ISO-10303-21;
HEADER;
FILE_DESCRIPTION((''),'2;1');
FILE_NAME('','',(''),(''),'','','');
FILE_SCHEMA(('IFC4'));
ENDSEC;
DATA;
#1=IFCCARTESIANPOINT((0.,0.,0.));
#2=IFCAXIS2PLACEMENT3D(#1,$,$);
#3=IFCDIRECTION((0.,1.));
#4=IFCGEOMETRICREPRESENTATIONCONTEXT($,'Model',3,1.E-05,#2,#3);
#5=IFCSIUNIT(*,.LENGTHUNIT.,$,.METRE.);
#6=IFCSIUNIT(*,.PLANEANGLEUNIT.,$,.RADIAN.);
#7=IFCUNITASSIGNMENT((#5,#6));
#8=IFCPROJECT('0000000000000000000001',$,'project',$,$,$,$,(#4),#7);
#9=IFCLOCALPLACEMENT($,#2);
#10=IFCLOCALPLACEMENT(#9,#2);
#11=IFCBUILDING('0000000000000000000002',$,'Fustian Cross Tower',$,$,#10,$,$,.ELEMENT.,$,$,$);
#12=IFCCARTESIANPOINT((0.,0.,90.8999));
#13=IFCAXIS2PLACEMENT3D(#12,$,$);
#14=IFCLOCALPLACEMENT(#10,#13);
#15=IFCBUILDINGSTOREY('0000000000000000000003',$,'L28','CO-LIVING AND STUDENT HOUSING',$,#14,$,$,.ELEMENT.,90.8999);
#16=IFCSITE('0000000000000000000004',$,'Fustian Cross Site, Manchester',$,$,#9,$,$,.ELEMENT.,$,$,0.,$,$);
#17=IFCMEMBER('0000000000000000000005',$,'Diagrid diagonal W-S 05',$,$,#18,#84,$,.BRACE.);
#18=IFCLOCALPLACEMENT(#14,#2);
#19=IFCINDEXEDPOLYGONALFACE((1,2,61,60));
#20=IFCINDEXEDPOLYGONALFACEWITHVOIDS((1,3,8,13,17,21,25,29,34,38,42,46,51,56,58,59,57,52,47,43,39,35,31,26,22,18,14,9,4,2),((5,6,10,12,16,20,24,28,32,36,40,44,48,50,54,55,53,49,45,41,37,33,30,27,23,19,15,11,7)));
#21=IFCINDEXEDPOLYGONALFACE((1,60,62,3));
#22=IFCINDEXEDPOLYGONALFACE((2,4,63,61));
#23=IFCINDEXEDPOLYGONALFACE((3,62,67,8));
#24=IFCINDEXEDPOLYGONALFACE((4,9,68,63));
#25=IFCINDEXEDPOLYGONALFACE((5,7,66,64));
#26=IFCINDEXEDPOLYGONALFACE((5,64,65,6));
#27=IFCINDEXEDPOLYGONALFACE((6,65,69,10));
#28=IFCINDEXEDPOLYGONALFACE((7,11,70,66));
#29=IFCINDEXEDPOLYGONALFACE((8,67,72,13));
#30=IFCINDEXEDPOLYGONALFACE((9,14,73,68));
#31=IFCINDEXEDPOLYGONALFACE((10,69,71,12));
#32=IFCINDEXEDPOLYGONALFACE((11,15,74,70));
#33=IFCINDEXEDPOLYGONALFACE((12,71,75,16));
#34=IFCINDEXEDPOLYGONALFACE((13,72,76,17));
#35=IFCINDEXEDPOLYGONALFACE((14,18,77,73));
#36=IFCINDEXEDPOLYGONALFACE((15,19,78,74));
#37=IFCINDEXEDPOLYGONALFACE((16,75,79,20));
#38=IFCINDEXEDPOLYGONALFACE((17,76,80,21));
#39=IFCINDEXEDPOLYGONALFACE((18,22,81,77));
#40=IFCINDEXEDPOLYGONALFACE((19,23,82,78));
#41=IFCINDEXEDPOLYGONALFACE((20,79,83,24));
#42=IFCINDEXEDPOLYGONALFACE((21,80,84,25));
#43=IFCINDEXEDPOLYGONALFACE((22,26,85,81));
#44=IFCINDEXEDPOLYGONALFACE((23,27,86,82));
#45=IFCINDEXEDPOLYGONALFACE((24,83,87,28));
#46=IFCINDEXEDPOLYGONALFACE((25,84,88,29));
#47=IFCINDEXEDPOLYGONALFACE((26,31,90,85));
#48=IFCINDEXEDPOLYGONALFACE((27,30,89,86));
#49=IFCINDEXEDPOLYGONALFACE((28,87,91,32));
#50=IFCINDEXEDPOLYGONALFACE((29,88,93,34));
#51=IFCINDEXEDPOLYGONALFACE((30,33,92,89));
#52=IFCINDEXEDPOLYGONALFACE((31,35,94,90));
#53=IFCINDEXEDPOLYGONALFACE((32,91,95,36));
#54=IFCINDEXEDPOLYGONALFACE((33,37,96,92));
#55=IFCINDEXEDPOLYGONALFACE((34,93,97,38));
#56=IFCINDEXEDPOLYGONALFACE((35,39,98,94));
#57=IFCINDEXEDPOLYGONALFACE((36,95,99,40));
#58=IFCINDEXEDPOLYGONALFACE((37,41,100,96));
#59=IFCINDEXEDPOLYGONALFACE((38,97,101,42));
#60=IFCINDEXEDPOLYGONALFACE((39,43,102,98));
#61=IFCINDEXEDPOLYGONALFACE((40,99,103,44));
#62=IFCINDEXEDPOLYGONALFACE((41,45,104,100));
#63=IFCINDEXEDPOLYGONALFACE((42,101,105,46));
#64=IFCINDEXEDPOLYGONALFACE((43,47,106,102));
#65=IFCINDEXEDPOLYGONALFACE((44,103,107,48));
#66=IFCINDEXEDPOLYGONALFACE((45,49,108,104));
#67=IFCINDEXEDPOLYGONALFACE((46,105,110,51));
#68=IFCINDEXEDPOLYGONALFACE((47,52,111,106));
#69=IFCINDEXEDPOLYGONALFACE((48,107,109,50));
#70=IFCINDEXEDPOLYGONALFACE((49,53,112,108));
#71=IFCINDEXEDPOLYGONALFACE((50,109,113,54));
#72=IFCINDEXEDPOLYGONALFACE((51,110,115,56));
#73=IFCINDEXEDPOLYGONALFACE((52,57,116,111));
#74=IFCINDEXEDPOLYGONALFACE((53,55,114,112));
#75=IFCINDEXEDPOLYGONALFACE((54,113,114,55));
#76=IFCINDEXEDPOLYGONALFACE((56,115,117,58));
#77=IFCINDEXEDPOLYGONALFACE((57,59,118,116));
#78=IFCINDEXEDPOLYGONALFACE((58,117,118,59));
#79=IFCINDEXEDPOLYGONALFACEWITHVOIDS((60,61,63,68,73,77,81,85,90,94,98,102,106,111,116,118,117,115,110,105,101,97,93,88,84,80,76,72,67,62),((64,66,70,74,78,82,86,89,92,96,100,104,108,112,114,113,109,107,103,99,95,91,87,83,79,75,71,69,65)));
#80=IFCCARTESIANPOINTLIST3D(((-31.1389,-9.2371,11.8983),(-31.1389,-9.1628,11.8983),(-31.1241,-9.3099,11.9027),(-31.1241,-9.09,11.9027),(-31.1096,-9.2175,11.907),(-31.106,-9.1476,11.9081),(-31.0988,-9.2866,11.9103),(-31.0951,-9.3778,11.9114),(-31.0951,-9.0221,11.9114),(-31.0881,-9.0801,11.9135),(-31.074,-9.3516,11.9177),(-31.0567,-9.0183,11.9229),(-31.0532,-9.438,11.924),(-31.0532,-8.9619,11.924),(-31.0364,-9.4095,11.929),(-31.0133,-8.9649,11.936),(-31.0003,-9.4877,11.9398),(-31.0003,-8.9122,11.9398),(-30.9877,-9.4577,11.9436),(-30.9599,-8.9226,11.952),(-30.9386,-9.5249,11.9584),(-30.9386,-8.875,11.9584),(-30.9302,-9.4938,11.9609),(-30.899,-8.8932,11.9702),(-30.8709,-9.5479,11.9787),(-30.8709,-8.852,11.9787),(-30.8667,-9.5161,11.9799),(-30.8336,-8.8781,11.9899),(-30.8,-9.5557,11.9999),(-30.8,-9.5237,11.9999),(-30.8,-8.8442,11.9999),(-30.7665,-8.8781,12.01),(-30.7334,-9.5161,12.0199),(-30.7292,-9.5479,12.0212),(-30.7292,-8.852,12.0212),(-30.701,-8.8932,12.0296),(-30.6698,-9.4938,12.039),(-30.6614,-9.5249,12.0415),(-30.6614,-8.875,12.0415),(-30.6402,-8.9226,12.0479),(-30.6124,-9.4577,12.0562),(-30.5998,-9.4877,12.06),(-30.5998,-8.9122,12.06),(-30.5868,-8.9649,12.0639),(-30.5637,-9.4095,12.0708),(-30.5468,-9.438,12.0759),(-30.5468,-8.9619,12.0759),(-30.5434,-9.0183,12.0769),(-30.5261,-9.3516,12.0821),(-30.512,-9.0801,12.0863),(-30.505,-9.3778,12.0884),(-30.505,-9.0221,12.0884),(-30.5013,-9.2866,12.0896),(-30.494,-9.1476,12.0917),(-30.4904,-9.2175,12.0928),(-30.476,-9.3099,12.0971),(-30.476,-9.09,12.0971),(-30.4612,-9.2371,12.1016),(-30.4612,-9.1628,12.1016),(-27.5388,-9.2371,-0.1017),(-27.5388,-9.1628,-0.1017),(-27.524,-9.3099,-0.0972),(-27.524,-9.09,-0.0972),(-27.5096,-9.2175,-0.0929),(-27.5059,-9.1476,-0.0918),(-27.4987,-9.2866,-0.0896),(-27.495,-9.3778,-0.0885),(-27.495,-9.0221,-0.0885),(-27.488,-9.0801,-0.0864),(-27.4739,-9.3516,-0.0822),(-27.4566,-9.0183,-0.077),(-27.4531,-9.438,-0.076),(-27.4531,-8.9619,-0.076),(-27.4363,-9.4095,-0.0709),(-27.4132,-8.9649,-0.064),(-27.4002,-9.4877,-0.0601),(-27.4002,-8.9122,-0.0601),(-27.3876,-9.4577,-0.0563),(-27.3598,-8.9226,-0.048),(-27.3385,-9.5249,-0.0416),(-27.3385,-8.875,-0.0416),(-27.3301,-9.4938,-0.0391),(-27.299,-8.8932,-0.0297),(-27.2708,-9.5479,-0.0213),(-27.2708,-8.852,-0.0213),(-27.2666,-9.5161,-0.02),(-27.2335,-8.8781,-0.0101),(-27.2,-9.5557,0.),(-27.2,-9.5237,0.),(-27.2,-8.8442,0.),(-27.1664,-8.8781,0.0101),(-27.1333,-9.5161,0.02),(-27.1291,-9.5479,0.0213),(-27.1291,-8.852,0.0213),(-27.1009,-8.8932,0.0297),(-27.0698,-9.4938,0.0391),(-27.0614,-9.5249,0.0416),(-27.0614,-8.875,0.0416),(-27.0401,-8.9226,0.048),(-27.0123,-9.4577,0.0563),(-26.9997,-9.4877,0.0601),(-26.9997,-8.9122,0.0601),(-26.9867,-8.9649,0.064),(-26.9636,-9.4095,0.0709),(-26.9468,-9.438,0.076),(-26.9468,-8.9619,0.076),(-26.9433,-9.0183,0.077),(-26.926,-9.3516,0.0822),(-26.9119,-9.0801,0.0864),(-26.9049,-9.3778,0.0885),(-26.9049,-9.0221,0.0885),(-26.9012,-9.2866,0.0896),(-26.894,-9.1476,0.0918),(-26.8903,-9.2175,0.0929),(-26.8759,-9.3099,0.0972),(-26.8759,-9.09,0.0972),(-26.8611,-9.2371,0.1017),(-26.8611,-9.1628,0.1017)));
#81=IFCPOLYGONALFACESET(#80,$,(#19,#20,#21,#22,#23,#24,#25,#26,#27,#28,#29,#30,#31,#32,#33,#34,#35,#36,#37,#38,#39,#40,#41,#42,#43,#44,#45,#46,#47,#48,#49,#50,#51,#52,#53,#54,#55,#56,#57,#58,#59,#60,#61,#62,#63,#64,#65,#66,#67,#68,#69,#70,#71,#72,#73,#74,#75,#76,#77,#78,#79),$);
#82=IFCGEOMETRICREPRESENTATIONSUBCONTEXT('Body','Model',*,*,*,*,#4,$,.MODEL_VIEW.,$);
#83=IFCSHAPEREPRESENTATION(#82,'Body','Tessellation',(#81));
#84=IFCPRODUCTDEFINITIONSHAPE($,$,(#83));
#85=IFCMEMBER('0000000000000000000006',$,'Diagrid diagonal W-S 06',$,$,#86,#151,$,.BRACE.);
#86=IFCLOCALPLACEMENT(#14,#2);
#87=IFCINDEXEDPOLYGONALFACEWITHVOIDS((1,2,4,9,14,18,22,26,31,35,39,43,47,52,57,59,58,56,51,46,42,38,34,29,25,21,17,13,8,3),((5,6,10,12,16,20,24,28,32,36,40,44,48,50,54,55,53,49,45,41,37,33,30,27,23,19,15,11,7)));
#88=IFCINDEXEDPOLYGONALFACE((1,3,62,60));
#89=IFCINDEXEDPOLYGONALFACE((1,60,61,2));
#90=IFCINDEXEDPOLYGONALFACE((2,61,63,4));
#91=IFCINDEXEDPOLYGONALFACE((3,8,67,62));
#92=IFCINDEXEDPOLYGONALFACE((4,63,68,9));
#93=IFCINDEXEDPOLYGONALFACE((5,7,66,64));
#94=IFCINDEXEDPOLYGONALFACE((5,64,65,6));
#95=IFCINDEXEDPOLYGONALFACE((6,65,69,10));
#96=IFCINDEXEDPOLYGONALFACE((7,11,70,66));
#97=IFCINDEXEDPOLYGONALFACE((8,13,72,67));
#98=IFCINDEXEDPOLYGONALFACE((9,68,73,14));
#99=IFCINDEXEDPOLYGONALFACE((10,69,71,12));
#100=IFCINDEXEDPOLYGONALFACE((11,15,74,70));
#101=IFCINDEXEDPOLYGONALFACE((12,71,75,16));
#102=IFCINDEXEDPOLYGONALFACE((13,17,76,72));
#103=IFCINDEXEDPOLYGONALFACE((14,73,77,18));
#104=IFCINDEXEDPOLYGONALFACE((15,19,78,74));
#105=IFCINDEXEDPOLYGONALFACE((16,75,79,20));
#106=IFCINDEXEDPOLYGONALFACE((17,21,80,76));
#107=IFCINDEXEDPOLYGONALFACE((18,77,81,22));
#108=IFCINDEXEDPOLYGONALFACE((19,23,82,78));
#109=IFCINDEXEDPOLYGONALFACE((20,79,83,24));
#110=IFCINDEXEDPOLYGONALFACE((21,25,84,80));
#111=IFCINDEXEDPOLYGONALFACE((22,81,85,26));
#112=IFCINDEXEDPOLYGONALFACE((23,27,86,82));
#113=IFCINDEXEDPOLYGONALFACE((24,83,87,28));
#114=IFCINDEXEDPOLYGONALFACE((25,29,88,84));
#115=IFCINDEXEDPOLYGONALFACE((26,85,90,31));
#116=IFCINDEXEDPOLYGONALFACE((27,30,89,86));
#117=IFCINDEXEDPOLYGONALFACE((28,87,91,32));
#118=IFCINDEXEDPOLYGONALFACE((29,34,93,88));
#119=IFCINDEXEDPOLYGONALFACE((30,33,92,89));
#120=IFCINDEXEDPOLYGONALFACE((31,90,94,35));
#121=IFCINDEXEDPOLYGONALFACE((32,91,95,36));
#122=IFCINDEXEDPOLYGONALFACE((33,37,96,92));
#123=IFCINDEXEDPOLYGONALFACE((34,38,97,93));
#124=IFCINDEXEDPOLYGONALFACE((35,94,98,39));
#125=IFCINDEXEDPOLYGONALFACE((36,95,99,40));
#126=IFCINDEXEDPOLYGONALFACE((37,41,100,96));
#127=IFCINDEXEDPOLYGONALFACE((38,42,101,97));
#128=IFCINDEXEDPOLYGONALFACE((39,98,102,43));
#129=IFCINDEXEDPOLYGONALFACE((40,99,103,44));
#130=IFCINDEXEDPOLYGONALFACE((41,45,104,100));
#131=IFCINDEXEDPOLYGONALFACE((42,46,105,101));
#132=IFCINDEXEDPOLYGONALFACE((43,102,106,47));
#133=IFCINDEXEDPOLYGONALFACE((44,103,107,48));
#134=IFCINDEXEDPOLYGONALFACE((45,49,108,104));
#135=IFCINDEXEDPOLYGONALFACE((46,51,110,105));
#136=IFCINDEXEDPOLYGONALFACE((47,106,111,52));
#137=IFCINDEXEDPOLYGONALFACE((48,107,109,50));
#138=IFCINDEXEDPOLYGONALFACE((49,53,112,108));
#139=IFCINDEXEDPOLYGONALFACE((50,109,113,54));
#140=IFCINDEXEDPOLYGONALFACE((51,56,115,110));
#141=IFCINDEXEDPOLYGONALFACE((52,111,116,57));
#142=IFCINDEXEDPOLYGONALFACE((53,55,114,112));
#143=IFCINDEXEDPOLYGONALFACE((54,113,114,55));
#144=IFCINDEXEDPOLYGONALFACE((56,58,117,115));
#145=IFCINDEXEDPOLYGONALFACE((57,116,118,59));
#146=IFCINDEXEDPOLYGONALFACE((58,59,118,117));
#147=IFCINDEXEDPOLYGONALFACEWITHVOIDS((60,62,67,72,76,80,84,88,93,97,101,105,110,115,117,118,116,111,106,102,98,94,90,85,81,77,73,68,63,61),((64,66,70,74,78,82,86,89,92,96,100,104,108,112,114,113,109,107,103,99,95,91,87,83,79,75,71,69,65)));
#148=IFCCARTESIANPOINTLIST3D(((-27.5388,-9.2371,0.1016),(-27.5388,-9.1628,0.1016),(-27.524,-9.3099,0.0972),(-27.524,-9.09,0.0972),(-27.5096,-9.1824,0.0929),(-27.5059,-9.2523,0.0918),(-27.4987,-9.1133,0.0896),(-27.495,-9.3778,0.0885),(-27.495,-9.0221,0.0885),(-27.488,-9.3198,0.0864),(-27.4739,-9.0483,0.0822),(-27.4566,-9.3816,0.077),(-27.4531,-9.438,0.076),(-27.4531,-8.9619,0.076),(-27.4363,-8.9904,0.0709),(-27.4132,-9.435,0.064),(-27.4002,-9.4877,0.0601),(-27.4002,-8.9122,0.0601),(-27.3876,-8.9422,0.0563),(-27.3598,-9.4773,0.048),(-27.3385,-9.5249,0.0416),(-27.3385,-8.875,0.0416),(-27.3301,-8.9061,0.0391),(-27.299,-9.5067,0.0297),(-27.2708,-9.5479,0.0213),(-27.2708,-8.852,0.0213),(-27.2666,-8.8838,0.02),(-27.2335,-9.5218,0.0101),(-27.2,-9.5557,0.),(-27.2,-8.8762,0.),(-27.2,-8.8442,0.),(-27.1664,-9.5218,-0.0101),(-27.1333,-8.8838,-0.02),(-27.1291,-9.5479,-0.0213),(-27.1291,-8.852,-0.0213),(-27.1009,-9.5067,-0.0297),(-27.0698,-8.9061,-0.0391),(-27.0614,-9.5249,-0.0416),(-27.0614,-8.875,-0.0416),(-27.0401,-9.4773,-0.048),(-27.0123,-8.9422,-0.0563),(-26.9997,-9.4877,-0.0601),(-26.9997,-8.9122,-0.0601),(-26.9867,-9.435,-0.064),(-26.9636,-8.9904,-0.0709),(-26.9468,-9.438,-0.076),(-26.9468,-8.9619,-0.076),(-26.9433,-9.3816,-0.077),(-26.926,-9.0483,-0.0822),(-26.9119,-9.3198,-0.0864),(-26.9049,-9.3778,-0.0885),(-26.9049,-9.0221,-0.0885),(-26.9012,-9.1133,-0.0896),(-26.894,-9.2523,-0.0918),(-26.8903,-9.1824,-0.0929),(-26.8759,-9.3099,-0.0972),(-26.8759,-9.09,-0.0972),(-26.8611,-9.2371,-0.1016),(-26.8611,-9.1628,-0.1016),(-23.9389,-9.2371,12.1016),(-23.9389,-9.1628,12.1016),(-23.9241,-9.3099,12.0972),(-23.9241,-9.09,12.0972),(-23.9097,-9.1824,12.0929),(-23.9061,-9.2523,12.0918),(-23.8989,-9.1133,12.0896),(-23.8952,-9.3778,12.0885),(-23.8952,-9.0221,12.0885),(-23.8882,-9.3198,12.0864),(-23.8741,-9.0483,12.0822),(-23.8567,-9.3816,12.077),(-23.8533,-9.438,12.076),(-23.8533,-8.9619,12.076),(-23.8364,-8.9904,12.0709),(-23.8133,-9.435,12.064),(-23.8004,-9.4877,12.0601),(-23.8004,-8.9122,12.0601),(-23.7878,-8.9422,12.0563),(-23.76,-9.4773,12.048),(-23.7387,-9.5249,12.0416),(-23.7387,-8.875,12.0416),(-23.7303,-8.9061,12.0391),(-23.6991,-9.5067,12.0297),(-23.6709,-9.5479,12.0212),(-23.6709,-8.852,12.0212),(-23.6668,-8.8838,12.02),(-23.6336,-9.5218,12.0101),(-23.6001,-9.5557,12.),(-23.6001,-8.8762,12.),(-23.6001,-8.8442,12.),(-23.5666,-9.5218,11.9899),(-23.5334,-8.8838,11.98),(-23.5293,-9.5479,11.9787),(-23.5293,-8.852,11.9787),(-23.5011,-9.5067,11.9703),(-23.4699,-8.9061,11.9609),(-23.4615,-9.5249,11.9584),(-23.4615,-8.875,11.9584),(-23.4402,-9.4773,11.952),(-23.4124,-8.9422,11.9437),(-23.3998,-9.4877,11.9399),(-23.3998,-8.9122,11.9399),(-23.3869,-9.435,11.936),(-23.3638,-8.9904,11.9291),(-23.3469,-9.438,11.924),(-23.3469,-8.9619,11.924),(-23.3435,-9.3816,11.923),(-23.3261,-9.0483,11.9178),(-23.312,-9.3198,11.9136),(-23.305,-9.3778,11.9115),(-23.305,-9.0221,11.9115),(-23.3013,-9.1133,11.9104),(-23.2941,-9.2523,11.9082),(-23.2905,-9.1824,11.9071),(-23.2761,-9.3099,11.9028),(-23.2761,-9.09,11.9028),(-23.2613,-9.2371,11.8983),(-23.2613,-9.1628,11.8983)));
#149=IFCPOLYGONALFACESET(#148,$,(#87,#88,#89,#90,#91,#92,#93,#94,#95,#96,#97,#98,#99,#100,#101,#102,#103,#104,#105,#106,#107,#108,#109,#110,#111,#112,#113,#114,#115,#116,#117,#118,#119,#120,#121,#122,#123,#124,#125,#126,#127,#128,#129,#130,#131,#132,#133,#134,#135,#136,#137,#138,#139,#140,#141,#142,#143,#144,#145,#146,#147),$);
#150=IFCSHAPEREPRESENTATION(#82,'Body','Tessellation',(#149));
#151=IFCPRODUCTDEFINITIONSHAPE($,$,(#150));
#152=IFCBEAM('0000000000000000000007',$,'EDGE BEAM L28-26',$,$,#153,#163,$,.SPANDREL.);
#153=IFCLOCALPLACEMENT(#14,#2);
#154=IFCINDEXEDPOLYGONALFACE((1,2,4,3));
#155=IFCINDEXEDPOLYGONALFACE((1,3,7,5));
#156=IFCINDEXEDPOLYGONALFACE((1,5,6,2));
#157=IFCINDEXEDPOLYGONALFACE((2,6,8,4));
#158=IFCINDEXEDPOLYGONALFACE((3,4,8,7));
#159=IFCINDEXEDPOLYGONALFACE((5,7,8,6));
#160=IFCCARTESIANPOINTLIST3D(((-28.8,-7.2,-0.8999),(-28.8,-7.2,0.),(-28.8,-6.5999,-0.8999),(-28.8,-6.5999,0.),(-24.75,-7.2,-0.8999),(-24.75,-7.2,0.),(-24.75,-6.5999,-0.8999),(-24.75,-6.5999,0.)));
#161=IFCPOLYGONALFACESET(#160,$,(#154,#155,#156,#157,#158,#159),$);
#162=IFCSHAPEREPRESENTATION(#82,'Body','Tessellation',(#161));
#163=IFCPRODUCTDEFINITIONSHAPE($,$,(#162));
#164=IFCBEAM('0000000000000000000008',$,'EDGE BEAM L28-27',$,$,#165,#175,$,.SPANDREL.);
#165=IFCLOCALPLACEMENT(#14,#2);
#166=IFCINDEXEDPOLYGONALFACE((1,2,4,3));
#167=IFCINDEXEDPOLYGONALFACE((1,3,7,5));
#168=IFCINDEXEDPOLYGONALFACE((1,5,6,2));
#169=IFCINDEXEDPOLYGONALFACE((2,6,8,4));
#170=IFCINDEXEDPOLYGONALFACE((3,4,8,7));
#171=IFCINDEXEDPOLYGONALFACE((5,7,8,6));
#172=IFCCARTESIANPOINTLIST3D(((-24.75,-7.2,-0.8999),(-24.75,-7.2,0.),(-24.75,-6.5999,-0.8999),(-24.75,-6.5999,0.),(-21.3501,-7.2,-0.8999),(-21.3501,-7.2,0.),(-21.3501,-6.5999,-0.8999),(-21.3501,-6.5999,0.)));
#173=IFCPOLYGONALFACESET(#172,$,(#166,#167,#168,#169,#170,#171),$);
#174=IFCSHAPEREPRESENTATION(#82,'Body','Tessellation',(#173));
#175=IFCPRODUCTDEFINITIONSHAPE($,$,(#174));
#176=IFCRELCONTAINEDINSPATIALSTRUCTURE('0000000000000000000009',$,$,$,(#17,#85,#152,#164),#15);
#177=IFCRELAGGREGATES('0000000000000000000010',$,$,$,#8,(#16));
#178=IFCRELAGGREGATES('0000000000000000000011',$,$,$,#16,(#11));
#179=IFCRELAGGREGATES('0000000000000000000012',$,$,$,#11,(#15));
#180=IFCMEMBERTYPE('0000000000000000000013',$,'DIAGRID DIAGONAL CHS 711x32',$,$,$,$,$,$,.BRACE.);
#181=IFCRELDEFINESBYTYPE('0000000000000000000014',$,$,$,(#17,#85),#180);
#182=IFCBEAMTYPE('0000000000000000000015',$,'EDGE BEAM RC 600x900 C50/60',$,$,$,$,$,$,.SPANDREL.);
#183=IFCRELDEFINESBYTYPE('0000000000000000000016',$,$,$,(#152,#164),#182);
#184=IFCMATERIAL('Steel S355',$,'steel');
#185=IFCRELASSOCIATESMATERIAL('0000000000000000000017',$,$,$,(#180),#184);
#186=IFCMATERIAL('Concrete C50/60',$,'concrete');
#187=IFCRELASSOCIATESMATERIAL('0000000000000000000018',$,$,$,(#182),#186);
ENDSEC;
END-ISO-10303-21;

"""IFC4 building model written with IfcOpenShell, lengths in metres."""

from ifc_helpers import new_model, si_unit, direction, frame, origin, origin_2d, place, context, subcontext, project, spatial, rectangle, hollow_circle, extrude, material, material_profile, profile_set, type_object, element, save


model = new_model("IFC4")

# Units and contexts
model_context = context("Model", 3, precision=1e-05, world=origin(), true_north=direction((0.0, 1.0)))
body_context = subcontext(model_context, "Body", "Model", "MODEL_VIEW")
ifc_project = project(units=[si_unit("LENGTHUNIT", "METRE"), si_unit("PLANEANGLEUNIT", "RADIAN")], contexts=[model_context])

# Site, building, storey
site_placement = place(None, origin())
site = spatial("IfcSite", under=ifc_project, at=site_placement, Name="Fustian Cross Site, Manchester", CompositionType="ELEMENT", RefElevation=0.0)
building_placement = place(site_placement, origin())
building = spatial("IfcBuilding", under=site, at=building_placement, Name="Fustian Cross Tower", CompositionType="ELEMENT")
storey_placement = place(building_placement, frame((0.0, 0.0, 90.8999)))
storey = spatial("IfcBuildingStorey", under=building, at=storey_placement, Name="L28", Description="CO-LIVING AND STUDENT HOUSING", CompositionType="ELEMENT", Elevation=90.8999)

# Members
ifc_material_1 = material(Name="Steel S355", Category="steel")
ifc_material_profile_1 = material_profile(ifc_material_1, hollow_circle(Radius=0.3557, WallThickness=0.032, at=origin_2d()), Name="CHS 711x32")
ifc_profile_set_1 = profile_set([ifc_material_profile_1], Name="Steel S355")
member_type = type_object("IfcMemberType", Name="DIAGRID DIAGONAL CHS 711x32", PredefinedType="BRACE", material=ifc_profile_set_1)
for number, where, z_axis, x_axis, name in (
    (1, (-27.2, -9.2, 0.0), (-0.287355, 0.0, 0.957824), (0.0, -1.0, 0.0), "Diagrid diagonal W-S 05"),
    (2, (-27.2, -9.2, 0.0), (0.287337, 0.0, 0.95783), (0.0, 1.0, 0.0), "Diagrid diagonal W-S 06"),
):
    element("IfcMember", number, at=place(storey_placement, frame(where, z_axis=z_axis, x_axis=x_axis)), inside=storey, type_object=member_type, Name=name, PredefinedType="BRACE", context=body_context, shape_type="SweptSolid", body=[
        extrude(hollow_circle(Radius=0.3557, WallThickness=0.032, at=origin_2d()), origin(), (0.0, 0.0, 1.0), 12.5283),
    ])

# Beams
ifc_material_2 = material(Name="Concrete C50/60", Category="concrete")
ifc_material_profile_2 = material_profile(ifc_material_2, rectangle(XDim=0.6001, YDim=0.8999, at=origin_2d()), Name="RC 600x900")
ifc_profile_set_2 = profile_set([ifc_material_profile_2], Name="Concrete C50/60")
beam_type = type_object("IfcBeamType", Name="EDGE BEAM RC 600x900 C50/60", PredefinedType="SPANDREL", material=ifc_profile_set_2)
beam_1_placement = place(storey_placement, frame((-28.8, -6.8999, -0.45), z_axis=(1.0, 0.0, 0.0), x_axis=(0.0, 1.0, 0.0)))
element("IfcBeam", 3, at=beam_1_placement, inside=storey, type_object=beam_type, Name="EDGE BEAM L28-26", PredefinedType="SPANDREL", context=body_context, shape_type="SweptSolid", body=[
    extrude(rectangle(XDim=0.6001, YDim=0.8999, at=origin_2d()), origin(), (0.0, 0.0, 1.0), 4.05),
])
beam_2_placement = place(storey_placement, frame((-24.75, -6.8999, -0.45), z_axis=(1.0, 0.0, 0.0), x_axis=(0.0, 1.0, 0.0)))
element("IfcBeam", 4, at=beam_2_placement, inside=storey, type_object=beam_type, Name="EDGE BEAM L28-27", PredefinedType="SPANDREL", context=body_context, shape_type="SweptSolid", body=[
    extrude(rectangle(XDim=0.6001, YDim=0.8999, at=origin_2d()), origin(), (0.0, 0.0, 1.0), 3.3999),
])

save(model, "model.ifc")
